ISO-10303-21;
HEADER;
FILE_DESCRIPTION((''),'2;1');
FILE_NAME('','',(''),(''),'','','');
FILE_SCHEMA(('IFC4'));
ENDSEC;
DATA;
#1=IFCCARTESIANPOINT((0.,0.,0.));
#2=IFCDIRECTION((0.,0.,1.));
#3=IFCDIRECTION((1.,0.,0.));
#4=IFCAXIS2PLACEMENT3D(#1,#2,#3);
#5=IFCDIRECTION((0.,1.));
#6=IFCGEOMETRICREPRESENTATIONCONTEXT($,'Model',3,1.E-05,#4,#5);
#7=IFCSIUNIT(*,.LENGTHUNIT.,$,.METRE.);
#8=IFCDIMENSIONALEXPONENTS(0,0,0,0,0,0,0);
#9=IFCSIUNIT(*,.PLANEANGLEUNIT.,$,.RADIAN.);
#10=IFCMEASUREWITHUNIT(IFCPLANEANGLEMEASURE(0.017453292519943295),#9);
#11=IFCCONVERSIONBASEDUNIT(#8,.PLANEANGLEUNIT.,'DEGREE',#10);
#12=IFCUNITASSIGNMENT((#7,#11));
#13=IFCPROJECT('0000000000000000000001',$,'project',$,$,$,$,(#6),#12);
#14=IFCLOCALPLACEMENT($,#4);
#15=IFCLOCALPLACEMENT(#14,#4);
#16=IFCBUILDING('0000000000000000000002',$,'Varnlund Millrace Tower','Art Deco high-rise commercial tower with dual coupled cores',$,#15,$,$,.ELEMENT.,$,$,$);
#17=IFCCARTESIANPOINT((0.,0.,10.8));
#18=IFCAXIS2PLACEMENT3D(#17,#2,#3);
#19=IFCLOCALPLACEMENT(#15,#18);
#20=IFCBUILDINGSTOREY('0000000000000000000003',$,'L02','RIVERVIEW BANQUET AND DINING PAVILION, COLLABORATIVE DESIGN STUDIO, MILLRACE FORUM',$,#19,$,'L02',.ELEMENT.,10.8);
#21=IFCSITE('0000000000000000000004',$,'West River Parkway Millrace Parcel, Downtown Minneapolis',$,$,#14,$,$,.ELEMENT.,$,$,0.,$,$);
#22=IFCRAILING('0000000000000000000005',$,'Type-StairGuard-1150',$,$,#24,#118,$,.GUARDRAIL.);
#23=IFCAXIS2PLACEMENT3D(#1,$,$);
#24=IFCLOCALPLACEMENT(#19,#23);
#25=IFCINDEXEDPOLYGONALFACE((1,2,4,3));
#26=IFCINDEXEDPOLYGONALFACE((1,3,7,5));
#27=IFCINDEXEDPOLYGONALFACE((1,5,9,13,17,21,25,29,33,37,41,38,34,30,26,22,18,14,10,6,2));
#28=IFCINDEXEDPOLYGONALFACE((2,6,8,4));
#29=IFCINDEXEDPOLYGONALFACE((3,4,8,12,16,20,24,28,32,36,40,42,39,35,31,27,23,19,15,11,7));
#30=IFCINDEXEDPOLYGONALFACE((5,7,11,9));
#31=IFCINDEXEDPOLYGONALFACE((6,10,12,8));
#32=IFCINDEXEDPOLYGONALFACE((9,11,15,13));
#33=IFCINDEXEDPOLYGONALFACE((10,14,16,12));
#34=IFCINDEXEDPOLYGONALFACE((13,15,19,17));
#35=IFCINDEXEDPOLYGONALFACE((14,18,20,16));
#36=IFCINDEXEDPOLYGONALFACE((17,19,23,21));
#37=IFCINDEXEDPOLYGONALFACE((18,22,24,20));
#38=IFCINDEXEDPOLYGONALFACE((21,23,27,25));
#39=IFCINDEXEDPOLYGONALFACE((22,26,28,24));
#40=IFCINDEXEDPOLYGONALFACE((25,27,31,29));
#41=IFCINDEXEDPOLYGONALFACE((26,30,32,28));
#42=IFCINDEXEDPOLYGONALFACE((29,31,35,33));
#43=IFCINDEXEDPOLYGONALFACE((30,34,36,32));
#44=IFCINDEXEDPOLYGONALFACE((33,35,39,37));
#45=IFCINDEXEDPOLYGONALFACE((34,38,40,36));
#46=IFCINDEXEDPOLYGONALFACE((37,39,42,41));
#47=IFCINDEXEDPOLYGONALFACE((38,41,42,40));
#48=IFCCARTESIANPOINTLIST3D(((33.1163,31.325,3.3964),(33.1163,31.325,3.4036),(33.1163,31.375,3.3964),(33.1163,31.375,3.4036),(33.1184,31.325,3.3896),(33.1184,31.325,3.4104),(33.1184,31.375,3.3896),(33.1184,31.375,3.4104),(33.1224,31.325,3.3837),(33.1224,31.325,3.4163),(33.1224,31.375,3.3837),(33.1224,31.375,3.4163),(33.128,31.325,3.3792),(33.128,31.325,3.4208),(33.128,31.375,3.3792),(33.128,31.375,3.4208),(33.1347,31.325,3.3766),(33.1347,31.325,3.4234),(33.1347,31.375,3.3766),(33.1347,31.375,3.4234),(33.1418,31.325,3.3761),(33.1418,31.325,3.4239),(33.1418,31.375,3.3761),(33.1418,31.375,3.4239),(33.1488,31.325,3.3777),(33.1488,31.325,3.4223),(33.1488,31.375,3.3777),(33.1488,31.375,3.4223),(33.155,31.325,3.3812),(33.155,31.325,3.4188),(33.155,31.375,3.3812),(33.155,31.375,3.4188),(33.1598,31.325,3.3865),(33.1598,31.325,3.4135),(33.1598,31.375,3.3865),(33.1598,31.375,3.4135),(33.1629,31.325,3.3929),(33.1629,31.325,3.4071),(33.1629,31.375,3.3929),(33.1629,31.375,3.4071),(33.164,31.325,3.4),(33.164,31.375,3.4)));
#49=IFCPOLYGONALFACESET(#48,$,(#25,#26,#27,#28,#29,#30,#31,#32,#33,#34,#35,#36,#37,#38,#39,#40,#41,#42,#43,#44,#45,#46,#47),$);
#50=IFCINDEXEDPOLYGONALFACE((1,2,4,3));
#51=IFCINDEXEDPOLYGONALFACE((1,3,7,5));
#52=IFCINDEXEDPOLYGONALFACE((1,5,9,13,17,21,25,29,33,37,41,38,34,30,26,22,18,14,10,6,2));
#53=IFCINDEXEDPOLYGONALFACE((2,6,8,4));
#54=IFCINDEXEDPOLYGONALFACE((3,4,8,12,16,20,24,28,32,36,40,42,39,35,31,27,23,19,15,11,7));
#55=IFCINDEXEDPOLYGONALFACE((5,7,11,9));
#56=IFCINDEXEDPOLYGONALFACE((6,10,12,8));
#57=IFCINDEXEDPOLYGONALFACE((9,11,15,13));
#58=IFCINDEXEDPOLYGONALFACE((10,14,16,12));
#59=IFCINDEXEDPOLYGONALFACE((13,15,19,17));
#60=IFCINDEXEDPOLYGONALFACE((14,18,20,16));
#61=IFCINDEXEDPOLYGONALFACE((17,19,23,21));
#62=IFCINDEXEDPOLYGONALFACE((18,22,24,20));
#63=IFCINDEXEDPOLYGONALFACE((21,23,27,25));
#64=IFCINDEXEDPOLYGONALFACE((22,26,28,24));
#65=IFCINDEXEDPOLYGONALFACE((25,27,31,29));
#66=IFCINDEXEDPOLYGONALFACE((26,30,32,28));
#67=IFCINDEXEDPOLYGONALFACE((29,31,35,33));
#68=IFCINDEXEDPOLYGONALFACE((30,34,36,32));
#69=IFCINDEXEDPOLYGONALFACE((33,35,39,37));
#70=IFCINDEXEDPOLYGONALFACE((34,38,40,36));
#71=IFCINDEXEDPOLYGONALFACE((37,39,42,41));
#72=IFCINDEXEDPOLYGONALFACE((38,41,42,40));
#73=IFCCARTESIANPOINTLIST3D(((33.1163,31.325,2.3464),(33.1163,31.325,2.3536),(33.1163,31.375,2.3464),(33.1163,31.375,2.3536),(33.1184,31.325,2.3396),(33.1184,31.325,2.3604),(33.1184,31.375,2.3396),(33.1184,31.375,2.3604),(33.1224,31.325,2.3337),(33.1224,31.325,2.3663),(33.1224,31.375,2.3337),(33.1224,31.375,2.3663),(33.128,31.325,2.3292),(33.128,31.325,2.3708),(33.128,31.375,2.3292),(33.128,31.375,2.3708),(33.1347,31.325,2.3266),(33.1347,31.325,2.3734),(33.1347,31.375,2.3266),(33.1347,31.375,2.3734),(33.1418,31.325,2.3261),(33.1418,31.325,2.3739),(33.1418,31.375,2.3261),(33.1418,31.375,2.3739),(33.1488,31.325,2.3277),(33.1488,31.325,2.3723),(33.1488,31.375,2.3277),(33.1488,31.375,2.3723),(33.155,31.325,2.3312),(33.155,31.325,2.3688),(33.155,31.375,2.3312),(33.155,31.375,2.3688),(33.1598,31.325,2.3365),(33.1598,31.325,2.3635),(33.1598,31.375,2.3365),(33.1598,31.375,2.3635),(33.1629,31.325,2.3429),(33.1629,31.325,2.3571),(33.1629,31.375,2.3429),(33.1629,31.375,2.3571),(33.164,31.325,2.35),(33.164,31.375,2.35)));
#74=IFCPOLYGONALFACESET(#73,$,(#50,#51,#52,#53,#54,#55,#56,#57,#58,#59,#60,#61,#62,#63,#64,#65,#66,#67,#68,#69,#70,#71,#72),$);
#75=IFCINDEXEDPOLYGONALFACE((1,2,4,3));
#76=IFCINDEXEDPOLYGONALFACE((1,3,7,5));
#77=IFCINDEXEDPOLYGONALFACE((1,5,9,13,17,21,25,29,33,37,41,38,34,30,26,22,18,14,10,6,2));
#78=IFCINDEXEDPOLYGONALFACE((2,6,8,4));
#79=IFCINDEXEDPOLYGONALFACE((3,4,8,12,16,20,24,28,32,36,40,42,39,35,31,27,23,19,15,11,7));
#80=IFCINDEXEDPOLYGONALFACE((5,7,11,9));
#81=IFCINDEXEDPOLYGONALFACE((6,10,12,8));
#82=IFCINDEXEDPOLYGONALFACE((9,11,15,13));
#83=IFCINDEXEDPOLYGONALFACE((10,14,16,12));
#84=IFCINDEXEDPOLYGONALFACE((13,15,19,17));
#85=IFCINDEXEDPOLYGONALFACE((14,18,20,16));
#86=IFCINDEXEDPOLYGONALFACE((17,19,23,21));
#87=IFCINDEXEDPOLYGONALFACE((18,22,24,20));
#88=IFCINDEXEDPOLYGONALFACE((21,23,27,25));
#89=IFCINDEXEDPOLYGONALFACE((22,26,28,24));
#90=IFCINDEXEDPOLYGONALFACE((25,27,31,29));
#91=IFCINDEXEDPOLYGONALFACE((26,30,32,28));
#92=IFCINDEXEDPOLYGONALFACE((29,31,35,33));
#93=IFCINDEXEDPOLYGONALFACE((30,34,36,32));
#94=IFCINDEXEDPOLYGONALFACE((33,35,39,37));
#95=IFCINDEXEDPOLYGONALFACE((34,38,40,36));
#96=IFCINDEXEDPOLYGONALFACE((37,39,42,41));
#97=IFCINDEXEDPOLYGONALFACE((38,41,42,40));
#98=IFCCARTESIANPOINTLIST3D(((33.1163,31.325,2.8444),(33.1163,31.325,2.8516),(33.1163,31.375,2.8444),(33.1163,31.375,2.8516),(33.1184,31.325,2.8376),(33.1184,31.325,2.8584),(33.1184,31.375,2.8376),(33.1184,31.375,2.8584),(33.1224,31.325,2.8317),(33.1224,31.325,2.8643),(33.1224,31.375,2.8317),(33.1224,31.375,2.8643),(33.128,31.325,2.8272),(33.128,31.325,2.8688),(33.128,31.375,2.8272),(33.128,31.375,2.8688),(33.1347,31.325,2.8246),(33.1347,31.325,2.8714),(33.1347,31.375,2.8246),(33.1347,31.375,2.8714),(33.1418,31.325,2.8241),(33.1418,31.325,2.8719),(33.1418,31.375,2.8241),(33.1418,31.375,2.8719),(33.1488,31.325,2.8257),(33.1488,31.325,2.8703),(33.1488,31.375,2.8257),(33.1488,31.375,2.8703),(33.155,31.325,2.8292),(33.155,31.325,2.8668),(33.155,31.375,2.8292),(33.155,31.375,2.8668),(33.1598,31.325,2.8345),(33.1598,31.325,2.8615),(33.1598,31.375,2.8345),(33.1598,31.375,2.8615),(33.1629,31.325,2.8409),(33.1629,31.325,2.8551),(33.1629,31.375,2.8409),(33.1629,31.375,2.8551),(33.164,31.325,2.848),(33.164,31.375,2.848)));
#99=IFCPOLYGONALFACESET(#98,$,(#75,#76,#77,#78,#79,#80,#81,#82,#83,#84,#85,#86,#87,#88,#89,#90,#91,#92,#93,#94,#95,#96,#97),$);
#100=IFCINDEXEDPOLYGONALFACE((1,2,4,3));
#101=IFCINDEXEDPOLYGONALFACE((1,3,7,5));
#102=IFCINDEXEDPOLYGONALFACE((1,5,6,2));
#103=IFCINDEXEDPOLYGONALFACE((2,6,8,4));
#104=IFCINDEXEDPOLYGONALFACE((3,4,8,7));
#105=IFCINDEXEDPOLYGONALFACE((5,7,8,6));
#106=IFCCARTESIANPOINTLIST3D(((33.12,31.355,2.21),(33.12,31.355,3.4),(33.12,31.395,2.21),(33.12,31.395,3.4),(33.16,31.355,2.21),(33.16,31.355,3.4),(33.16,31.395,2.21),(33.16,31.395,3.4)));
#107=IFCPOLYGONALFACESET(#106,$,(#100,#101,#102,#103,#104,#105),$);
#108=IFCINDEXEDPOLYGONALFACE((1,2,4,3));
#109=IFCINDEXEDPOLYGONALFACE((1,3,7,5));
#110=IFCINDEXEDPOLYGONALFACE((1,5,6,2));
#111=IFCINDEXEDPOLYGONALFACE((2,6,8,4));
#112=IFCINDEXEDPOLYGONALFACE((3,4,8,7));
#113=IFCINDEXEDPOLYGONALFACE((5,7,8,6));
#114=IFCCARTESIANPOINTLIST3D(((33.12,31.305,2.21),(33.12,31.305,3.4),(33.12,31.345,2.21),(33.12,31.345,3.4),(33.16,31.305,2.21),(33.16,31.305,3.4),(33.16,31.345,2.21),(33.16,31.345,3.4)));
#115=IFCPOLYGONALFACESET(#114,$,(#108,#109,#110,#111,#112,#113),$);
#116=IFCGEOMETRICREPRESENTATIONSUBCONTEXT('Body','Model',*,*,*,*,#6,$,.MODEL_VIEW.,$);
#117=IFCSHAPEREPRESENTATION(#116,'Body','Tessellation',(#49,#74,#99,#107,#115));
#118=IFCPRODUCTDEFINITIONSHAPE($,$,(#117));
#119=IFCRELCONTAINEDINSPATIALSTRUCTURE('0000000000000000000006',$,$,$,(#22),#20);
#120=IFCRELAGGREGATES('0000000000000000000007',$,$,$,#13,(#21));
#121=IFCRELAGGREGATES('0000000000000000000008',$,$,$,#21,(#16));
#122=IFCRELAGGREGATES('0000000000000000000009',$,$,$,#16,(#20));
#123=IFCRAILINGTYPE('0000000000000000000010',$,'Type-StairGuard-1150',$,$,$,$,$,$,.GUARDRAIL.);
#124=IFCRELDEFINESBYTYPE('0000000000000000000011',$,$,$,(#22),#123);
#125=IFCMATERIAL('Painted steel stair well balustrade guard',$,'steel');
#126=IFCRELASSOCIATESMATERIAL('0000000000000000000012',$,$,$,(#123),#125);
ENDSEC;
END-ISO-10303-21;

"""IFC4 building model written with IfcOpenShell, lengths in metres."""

from ifc_helpers import new_model, entity, si_unit, converted_unit, direction, frame, origin_with_axes, origin_2d_with_axis, place, context, subcontext, project, spatial, rectangle, circle, extrude, material, type_object, element, save


model = new_model("IFC4")

# Units and contexts
model_context = context("Model", 3, precision=1e-05, world=origin_with_axes(), true_north=direction((0.0, 1.0)))
body_context = subcontext(model_context, "Body", "Model", "MODEL_VIEW")
ifc_project = project(units=[si_unit("LENGTHUNIT", "METRE"), converted_unit("PLANEANGLEUNIT", "DEGREE", entity("IfcPlaneAngleMeasure", 0.017453292519943295), si_unit("PLANEANGLEUNIT", "RADIAN"), dimensions=[0, 0, 0, 0, 0, 0, 0])], contexts=[model_context])

# Site, building, storey
site_placement = place(None, origin_with_axes())
site = spatial("IfcSite", under=ifc_project, at=site_placement, Name="West River Parkway Millrace Parcel, Downtown Minneapolis", CompositionType="ELEMENT", RefElevation=0.0)
building_placement = place(site_placement, origin_with_axes())
building = spatial("IfcBuilding", under=site, at=building_placement, Name="Varnlund Millrace Tower", Description="Art Deco high-rise commercial tower with dual coupled cores", CompositionType="ELEMENT")
storey_placement = place(building_placement, frame((0.0, 0.0, 10.8), z_axis=(0.0, 0.0, 1.0), x_axis=(1.0, 0.0, 0.0)))
storey = spatial("IfcBuildingStorey", under=building, at=storey_placement, Name="L02", Description="RIVERVIEW BANQUET AND DINING PAVILION, COLLABORATIVE DESIGN STUDIO, MILLRACE FORUM", LongName="L02", CompositionType="ELEMENT", Elevation=10.8)

# Railing
ifc_material_1 = material(Name="Painted steel stair well balustrade guard", Category="steel")
railing_type_1 = type_object("IfcRailingType", Name="Type-StairGuard-1150", PredefinedType="GUARDRAIL", material=ifc_material_1)
railing_1_placement = place(storey_placement, frame((0.0, 0.0, -10.8), z_axis=(0.0, 0.0, 1.0), x_axis=(1.0, 0.0, 0.0)))
element("IfcRailing", 1, at=railing_1_placement, inside=storey, type_object=railing_type_1, Name="Type-StairGuard-1150", PredefinedType="GUARDRAIL", context=body_context, shape_type="SweptSolid", body=[
    extrude(circle(Radius=0.024, at=origin_2d_with_axis()), frame((33.14, 31.375, 14.2), z_axis=(0.0, -1.0, 0.0), x_axis=(1.0, 0.0, 0.0)), (0.0, 0.0, 1.0), 0.05),
    extrude(circle(Radius=0.024, at=origin_2d_with_axis()), frame((33.14, 31.375, 13.15), z_axis=(0.0, -1.0, 0.0), x_axis=(1.0, 0.0, 0.0)), (0.0, 0.0, 1.0), 0.05),
    extrude(circle(Radius=0.024, at=origin_2d_with_axis()), frame((33.14, 31.375, 13.648), z_axis=(0.0, -1.0, 0.0), x_axis=(1.0, 0.0, 0.0)), (0.0, 0.0, 1.0), 0.05),
    extrude(rectangle(XDim=0.04, YDim=0.04, at=origin_2d_with_axis()), frame((33.14, 31.375, 13.01), z_axis=(0.0, 0.0, 1.0), x_axis=(1.0, 0.0, 0.0)), (0.0, 0.0, 1.0), 1.19),
    extrude(rectangle(XDim=0.04, YDim=0.04, at=origin_2d_with_axis()), frame((33.14, 31.325, 13.01), z_axis=(0.0, 0.0, 1.0), x_axis=(1.0, 0.0, 0.0)), (0.0, 0.0, 1.0), 1.19),
])

save(model, "model.ifc")
